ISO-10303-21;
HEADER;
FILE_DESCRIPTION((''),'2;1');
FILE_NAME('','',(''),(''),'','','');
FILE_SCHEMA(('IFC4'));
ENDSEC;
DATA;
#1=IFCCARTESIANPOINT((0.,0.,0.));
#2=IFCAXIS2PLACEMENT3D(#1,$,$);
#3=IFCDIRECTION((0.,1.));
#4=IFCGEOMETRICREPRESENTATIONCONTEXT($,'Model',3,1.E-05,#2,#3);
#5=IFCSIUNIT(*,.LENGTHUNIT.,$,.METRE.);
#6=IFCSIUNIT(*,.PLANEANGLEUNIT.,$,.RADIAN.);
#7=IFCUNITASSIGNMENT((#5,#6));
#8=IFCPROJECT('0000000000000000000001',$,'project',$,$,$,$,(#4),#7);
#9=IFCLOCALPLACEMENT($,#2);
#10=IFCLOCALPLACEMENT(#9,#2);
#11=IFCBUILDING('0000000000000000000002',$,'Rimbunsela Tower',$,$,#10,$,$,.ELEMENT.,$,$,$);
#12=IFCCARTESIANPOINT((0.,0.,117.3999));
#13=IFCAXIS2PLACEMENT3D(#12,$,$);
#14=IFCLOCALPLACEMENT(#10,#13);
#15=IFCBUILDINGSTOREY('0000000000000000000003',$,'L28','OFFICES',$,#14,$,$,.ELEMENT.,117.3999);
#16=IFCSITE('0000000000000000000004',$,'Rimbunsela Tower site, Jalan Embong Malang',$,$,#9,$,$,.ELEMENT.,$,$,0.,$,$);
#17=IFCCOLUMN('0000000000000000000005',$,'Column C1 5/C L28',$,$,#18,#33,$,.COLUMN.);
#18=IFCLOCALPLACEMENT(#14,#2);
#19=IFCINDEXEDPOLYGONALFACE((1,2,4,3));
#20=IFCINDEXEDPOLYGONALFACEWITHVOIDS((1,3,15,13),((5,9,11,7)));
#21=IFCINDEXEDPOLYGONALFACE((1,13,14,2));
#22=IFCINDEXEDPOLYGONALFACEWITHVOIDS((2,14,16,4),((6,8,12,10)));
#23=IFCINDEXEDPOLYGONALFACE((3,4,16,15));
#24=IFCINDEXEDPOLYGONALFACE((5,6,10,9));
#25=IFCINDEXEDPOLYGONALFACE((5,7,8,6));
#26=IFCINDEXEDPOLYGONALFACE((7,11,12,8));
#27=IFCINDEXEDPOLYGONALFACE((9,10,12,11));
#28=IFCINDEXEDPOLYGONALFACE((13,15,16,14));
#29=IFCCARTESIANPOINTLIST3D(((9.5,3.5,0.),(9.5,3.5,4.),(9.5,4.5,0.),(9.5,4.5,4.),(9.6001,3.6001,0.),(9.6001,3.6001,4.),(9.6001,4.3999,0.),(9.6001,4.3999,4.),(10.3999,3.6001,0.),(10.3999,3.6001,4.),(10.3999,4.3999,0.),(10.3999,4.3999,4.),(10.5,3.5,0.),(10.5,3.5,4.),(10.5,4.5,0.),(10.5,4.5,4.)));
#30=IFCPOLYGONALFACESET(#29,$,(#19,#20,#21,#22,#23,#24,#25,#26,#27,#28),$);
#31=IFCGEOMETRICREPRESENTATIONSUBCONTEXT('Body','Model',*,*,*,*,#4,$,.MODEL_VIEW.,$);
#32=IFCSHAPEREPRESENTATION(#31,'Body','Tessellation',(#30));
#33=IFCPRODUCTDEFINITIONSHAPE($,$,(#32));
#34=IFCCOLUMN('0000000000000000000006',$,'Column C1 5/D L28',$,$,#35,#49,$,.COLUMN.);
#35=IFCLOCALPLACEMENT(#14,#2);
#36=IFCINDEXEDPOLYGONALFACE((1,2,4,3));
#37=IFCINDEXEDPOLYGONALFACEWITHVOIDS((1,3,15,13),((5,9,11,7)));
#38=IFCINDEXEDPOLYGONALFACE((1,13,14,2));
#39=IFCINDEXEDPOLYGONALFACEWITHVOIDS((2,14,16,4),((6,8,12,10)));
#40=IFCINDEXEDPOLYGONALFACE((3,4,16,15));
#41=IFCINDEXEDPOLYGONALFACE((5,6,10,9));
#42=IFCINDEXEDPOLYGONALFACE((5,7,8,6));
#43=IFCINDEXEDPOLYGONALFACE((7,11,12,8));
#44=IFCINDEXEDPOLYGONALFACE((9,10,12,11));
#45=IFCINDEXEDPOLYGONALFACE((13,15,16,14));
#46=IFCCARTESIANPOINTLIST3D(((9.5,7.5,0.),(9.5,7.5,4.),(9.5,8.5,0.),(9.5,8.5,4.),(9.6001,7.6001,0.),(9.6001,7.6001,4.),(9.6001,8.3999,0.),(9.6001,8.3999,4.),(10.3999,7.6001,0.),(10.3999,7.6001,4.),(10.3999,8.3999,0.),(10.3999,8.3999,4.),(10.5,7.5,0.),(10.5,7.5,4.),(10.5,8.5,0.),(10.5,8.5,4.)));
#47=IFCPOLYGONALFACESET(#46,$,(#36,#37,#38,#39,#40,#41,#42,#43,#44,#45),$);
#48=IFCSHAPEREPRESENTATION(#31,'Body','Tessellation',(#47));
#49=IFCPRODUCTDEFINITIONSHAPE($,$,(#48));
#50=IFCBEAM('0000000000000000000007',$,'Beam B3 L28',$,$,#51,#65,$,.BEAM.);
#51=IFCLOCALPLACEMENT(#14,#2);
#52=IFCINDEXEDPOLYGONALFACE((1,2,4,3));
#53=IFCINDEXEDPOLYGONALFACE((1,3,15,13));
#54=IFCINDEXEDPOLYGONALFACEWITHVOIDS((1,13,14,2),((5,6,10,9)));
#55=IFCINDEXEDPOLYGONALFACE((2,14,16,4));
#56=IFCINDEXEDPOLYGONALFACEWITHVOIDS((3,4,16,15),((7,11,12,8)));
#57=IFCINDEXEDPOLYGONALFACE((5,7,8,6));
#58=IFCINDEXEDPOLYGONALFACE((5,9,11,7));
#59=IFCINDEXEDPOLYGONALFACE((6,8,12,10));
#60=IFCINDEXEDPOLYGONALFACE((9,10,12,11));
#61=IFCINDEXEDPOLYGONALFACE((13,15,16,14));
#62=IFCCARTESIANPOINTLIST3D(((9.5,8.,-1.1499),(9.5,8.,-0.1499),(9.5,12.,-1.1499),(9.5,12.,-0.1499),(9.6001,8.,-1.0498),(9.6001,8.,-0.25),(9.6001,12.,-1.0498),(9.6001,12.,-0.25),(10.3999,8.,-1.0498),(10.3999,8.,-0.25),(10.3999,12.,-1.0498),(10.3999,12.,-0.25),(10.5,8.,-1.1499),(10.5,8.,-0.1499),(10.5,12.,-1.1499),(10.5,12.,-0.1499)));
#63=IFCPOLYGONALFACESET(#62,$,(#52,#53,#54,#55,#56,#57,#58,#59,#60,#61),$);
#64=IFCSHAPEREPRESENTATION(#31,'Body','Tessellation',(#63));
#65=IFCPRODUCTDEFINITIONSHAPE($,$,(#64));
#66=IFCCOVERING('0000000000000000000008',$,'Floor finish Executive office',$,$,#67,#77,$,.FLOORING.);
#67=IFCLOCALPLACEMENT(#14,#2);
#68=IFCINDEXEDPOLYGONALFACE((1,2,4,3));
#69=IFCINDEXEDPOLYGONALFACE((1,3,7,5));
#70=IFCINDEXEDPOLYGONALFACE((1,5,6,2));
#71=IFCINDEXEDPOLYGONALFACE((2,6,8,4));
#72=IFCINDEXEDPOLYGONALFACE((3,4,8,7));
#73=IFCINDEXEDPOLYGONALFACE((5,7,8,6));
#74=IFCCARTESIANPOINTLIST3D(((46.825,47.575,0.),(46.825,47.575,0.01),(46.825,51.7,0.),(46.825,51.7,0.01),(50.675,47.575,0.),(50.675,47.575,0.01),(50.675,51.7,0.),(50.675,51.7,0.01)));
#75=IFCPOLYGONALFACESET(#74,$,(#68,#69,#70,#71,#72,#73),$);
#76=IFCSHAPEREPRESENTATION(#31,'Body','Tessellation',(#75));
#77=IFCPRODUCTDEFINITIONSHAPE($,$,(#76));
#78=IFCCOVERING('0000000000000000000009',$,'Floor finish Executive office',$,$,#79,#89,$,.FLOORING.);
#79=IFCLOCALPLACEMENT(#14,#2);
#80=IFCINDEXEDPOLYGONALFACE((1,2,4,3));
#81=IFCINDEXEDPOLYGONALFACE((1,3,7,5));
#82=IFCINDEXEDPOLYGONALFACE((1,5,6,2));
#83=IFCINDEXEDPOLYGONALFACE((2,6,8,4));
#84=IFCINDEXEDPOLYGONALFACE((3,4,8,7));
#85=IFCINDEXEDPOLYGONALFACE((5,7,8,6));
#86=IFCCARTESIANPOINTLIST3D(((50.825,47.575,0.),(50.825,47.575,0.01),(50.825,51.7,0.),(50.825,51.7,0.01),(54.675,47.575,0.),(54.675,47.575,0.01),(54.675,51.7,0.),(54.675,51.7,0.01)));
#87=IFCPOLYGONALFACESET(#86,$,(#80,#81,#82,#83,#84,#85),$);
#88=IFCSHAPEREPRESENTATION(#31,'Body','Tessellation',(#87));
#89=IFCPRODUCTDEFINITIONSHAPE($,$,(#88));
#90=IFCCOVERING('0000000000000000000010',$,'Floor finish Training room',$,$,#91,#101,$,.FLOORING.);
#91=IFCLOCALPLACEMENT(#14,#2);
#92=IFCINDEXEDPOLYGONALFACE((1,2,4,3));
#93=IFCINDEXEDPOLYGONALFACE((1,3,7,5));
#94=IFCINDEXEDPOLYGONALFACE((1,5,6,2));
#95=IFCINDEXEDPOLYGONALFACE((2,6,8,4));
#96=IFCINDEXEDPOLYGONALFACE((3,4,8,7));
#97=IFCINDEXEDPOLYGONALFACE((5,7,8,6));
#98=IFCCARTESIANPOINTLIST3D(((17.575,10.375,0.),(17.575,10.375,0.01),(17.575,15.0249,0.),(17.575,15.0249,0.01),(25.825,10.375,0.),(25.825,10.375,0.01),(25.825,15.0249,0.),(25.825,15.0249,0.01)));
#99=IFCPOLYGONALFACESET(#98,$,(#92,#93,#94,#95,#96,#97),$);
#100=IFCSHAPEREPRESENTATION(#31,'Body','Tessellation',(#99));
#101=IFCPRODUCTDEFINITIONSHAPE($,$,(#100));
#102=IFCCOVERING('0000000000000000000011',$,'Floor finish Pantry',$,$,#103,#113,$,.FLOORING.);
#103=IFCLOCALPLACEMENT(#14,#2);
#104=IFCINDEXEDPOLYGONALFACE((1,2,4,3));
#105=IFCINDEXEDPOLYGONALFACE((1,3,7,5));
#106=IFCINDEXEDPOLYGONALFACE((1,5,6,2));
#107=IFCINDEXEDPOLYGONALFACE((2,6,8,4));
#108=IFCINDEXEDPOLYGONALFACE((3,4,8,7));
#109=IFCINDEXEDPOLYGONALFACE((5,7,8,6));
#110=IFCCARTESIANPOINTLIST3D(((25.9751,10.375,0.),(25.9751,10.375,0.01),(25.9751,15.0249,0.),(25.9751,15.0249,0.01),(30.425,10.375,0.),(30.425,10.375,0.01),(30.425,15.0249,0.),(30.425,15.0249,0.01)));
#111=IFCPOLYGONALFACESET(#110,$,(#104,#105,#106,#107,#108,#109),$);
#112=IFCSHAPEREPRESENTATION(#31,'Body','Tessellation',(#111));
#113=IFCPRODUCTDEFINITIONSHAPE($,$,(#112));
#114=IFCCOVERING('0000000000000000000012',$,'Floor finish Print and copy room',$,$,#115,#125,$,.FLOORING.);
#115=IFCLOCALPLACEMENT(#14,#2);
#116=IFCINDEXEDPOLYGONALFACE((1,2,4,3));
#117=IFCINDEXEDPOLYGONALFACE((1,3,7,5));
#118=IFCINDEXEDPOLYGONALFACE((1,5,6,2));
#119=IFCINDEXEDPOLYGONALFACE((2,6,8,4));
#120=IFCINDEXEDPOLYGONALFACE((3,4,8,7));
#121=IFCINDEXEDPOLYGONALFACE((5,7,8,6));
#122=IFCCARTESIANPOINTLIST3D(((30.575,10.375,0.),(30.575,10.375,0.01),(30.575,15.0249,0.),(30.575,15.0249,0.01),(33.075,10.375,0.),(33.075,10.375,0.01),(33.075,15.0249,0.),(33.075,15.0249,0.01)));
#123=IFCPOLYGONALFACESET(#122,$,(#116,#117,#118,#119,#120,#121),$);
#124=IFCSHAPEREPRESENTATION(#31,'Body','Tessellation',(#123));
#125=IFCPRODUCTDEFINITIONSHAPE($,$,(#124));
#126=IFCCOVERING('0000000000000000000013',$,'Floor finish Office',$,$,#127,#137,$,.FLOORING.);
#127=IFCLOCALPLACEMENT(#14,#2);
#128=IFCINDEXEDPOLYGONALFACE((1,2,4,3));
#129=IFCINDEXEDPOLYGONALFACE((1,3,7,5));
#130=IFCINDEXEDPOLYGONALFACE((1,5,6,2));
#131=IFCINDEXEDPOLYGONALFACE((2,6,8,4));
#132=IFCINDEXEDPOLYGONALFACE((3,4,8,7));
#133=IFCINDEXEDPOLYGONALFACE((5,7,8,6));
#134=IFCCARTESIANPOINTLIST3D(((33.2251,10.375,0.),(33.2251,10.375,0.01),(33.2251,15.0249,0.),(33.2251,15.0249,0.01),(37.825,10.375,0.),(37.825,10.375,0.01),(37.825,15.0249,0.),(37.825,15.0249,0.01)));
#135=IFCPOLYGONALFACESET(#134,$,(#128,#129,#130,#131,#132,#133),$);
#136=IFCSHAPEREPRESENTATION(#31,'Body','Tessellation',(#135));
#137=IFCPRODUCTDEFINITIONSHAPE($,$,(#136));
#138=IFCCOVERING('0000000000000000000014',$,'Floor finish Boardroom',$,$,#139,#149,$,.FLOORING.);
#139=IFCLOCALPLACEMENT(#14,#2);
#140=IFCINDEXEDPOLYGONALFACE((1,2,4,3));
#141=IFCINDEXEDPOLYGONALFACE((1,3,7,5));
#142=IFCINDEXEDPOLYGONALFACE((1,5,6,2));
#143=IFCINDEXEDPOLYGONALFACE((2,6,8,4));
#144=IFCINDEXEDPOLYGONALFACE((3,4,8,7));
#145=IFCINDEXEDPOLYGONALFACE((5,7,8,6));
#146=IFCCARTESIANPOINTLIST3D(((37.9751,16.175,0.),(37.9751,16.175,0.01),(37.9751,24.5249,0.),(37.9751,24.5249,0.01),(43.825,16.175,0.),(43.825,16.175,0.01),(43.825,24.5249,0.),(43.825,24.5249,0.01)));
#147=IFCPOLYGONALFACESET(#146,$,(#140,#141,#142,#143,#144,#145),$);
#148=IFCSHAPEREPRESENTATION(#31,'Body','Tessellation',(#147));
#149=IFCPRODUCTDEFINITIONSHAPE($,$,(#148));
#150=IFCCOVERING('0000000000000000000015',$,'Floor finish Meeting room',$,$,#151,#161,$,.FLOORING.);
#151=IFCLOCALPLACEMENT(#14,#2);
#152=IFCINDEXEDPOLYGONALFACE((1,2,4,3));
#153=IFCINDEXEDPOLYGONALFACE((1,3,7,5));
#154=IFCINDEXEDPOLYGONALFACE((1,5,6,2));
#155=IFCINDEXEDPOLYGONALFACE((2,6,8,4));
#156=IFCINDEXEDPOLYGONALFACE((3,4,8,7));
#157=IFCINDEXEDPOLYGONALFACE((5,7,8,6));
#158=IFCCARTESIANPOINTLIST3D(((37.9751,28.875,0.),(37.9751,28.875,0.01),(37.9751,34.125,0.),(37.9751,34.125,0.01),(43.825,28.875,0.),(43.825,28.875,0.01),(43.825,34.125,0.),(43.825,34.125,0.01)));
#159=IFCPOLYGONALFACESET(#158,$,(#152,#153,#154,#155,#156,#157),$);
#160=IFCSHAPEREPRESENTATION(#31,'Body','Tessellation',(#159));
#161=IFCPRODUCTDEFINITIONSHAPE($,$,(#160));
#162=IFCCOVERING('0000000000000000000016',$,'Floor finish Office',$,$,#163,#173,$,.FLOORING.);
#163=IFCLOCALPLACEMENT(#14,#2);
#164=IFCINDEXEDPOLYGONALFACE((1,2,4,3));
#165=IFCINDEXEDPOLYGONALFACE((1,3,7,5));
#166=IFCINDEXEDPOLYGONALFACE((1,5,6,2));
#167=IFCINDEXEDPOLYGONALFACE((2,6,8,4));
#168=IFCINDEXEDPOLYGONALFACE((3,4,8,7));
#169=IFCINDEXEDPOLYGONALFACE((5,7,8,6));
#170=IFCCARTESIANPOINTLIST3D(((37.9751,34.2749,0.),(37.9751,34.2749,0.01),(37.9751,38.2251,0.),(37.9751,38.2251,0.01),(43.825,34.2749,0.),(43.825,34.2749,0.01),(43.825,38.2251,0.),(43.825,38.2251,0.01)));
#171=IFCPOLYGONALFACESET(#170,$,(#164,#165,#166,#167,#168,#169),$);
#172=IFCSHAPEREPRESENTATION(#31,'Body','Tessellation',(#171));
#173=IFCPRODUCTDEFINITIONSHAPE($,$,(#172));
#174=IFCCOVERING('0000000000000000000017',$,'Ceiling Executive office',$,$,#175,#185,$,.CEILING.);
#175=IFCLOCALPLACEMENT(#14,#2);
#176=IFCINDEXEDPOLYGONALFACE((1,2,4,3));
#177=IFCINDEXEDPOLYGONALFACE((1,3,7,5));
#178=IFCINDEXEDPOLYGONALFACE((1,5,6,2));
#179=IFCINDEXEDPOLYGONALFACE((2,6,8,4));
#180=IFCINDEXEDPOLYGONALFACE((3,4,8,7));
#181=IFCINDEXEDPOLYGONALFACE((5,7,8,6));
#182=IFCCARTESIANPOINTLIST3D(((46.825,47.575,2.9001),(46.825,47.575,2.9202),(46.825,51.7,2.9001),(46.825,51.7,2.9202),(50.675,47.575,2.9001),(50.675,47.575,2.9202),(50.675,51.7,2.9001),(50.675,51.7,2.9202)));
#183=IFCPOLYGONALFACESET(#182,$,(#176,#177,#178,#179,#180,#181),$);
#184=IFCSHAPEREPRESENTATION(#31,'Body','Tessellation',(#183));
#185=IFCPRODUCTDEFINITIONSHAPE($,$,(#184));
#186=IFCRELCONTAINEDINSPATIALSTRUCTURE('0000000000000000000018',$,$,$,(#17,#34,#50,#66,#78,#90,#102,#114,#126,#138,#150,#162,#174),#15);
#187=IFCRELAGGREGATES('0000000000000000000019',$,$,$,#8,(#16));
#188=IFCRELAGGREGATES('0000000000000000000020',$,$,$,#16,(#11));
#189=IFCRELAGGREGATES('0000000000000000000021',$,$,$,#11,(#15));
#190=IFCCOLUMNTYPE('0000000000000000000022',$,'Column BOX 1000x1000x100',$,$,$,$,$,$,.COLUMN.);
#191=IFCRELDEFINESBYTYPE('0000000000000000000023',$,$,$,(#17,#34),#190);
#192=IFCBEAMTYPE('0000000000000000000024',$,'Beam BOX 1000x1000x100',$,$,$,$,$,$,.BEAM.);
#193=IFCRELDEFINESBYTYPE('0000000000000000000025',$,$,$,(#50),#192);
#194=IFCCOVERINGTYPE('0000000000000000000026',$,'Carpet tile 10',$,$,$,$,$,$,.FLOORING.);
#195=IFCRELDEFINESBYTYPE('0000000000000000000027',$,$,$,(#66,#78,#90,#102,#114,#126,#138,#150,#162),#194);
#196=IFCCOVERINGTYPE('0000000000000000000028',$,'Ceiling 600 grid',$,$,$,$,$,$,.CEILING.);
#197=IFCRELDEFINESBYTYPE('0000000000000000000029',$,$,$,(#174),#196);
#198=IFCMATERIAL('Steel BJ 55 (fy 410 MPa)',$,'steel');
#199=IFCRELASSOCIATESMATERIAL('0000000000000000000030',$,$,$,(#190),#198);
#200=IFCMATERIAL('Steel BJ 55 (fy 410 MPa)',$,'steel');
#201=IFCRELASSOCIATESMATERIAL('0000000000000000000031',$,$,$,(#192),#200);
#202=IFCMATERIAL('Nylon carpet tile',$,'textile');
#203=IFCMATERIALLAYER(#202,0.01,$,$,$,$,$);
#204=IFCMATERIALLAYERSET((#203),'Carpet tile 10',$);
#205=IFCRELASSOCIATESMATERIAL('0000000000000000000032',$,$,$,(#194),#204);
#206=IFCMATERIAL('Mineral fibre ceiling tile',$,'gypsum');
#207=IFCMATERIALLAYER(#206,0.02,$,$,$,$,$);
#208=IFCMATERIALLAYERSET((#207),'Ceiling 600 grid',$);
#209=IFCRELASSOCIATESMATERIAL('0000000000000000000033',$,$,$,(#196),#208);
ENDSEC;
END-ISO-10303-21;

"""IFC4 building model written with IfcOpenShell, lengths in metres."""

from ifc_helpers import new_model, si_unit, direction, frame, origin, origin_2d, place, context, subcontext, project, spatial, polyline, hollow_rectangle, outline, extrude, material, layer, layer_set, material_profile, profile_set, type_object, element, save


model = new_model("IFC4")

# Units and contexts
model_context = context("Model", 3, precision=1e-05, world=origin(), true_north=direction((0.0, 1.0)))
body_context = subcontext(model_context, "Body", "Model", "MODEL_VIEW")
ifc_project = project(units=[si_unit("LENGTHUNIT", "METRE"), si_unit("PLANEANGLEUNIT", "RADIAN")], contexts=[model_context])

# Site, building, storey
site_placement = place(None, origin())
site = spatial("IfcSite", under=ifc_project, at=site_placement, Name="Rimbunsela Tower site, Jalan Embong Malang", CompositionType="ELEMENT", RefElevation=0.0)
building_placement = place(site_placement, origin())
building = spatial("IfcBuilding", under=site, at=building_placement, Name="Rimbunsela Tower", CompositionType="ELEMENT")
storey_placement = place(building_placement, frame((0.0, 0.0, 117.3999)))
storey = spatial("IfcBuildingStorey", under=building, at=storey_placement, Name="L28", Description="OFFICES", CompositionType="ELEMENT", Elevation=117.3999)

# Columns
ifc_material_1 = material(Name="Steel BJ 55 (fy 410 MPa)", Category="steel")
ifc_material_profile_1 = material_profile(ifc_material_1, hollow_rectangle(XDim=1.0, YDim=1.0, WallThickness=0.1001, at=origin_2d()), Name="BOX 1000x1000x100")
ifc_profile_set_1 = profile_set([ifc_material_profile_1], Name="Steel BJ 55 (fy 410 MPa)")
column_type = type_object("IfcColumnType", Name="Column BOX 1000x1000x100", PredefinedType="COLUMN", material=ifc_profile_set_1)
for number, where, z_axis, x_axis, name in (
    (1, (10.0, 4.0, 0.0), (0.0, 0.0, 1.0), (1.0, 0.0, 0.0), "Column C1 5/C L28"),
    (2, (10.0, 8.0, 0.0), (0.0, 0.0, 1.0), (1.0, 0.0, 0.0), "Column C1 5/D L28"),
):
    element("IfcColumn", number, at=place(storey_placement, frame(where, z_axis=z_axis, x_axis=x_axis)), inside=storey, type_object=column_type, Name=name, PredefinedType="COLUMN", context=body_context, shape_type="SweptSolid", body=[
        extrude(hollow_rectangle(XDim=1.0, YDim=1.0, WallThickness=0.1001, at=origin_2d()), origin(), (0.0, 0.0, 1.0), 4.0),
    ])

# Beam
ifc_material_2 = material(Name="Steel BJ 55 (fy 410 MPa)", Category="steel")
ifc_material_profile_2 = material_profile(ifc_material_2, hollow_rectangle(XDim=1.0, YDim=1.0, WallThickness=0.1001, at=origin_2d()), Name="BOX 1000x1000x100")
ifc_profile_set_2 = profile_set([ifc_material_profile_2], Name="Steel BJ 55 (fy 410 MPa)")
beam_type = type_object("IfcBeamType", Name="Beam BOX 1000x1000x100", PredefinedType="BEAM", material=ifc_profile_set_2)
beam_placement = place(storey_placement, frame((10.0, 8.0, -0.6499), z_axis=(0.0, 1.0, 0.0), x_axis=(-1.0, 0.0, 0.0)))
element("IfcBeam", 3, at=beam_placement, inside=storey, type_object=beam_type, Name="Beam B3 L28", PredefinedType="BEAM", context=body_context, shape_type="SweptSolid", body=[
    extrude(hollow_rectangle(XDim=1.0, YDim=1.0, WallThickness=0.1001, at=origin_2d()), origin(), (0.0, 0.0, 1.0), 4.0),
])

# Coverings
ifc_material_3 = material(Name="Nylon carpet tile", Category="textile")
ifc_layer_1 = layer(ifc_material_3, 0.01)
ifc_layer_set_1 = layer_set([ifc_layer_1], Name="Carpet tile 10")
covering_type_1 = type_object("IfcCoveringType", Name="Carpet tile 10", PredefinedType="FLOORING", material=ifc_layer_set_1)
covering_1_placement = place(storey_placement, origin())
element("IfcCovering", 4, at=covering_1_placement, inside=storey, type_object=covering_type_1, Name="Floor finish Executive office", PredefinedType="FLOORING", context=body_context, shape_type="SweptSolid", body=[
    extrude(outline(polyline([(50.675, 47.575), (50.675, 51.7), (46.825, 51.7), (46.825, 47.575), (50.675, 47.575)])), origin(), (0.0, 0.0, 1.0), 0.01),
])
covering_2_placement = place(storey_placement, origin())
element("IfcCovering", 5, at=covering_2_placement, inside=storey, type_object=covering_type_1, Name="Floor finish Executive office", PredefinedType="FLOORING", context=body_context, shape_type="SweptSolid", body=[
    extrude(outline(polyline([(54.675, 47.575), (54.675, 51.7), (50.825, 51.7), (50.825, 47.575), (54.675, 47.575)])), origin(), (0.0, 0.0, 1.0), 0.01),
])
covering_3_placement = place(storey_placement, origin())
element("IfcCovering", 6, at=covering_3_placement, inside=storey, type_object=covering_type_1, Name="Floor finish Training room", PredefinedType="FLOORING", context=body_context, shape_type="SweptSolid", body=[
    extrude(outline(polyline([(25.825, 10.375), (25.825, 15.0249), (17.575, 15.0249), (17.575, 10.375), (25.825, 10.375)])), origin(), (0.0, 0.0, 1.0), 0.01),
])
covering_4_placement = place(storey_placement, origin())
element("IfcCovering", 7, at=covering_4_placement, inside=storey, type_object=covering_type_1, Name="Floor finish Pantry", PredefinedType="FLOORING", context=body_context, shape_type="SweptSolid", body=[
    extrude(outline(polyline([(30.425, 10.375), (30.425, 15.0249), (25.9751, 15.0249), (25.9751, 10.375), (30.425, 10.375)])), origin(), (0.0, 0.0, 1.0), 0.01),
])
covering_5_placement = place(storey_placement, origin())
element("IfcCovering", 8, at=covering_5_placement, inside=storey, type_object=covering_type_1, Name="Floor finish Print and copy room", PredefinedType="FLOORING", context=body_context, shape_type="SweptSolid", body=[
    extrude(outline(polyline([(33.075, 10.375), (33.075, 15.0249), (30.575, 15.0249), (30.575, 10.375), (33.075, 10.375)])), origin(), (0.0, 0.0, 1.0), 0.01),
])
covering_6_placement = place(storey_placement, origin())
element("IfcCovering", 9, at=covering_6_placement, inside=storey, type_object=covering_type_1, Name="Floor finish Office", PredefinedType="FLOORING", context=body_context, shape_type="SweptSolid", body=[
    extrude(outline(polyline([(37.825, 10.375), (37.825, 15.0249), (33.2251, 15.0249), (33.2251, 10.375), (37.825, 10.375)])), origin(), (0.0, 0.0, 1.0), 0.01),
])
covering_7_placement = place(storey_placement, origin())
element("IfcCovering", 10, at=covering_7_placement, inside=storey, type_object=covering_type_1, Name="Floor finish Boardroom", PredefinedType="FLOORING", context=body_context, shape_type="SweptSolid", body=[
    extrude(outline(polyline([(43.825, 16.175), (43.825, 24.5249), (37.9751, 24.5249), (37.9751, 16.175), (43.825, 16.175)])), origin(), (0.0, 0.0, 1.0), 0.01),
])
covering_8_placement = place(storey_placement, origin())
element("IfcCovering", 11, at=covering_8_placement, inside=storey, type_object=covering_type_1, Name="Floor finish Meeting room", PredefinedType="FLOORING", context=body_context, shape_type="SweptSolid", body=[
    extrude(outline(polyline([(43.825, 28.875), (43.825, 34.125), (37.9751, 34.125), (37.9751, 28.875), (43.825, 28.875)])), origin(), (0.0, 0.0, 1.0), 0.01),
])
covering_9_placement = place(storey_placement, origin())
element("IfcCovering", 12, at=covering_9_placement, inside=storey, type_object=covering_type_1, Name="Floor finish Office", PredefinedType="FLOORING", context=body_context, shape_type="SweptSolid", body=[
    extrude(outline(polyline([(43.825, 34.2749), (43.825, 38.2251), (37.9751, 38.2251), (37.9751, 34.2749), (43.825, 34.2749)])), origin(), (0.0, 0.0, 1.0), 0.01),
])
ifc_material_4 = material(Name="Mineral fibre ceiling tile", Category="gypsum")
ifc_layer_2 = layer(ifc_material_4, 0.02)
ifc_layer_set_2 = layer_set([ifc_layer_2], Name="Ceiling 600 grid")
covering_type_2 = type_object("IfcCoveringType", Name="Ceiling 600 grid", PredefinedType="CEILING", material=ifc_layer_set_2)
covering_10_placement = place(storey_placement, frame((0.0, 0.0, 2.9001)))
element("IfcCovering", 13, at=covering_10_placement, inside=storey, type_object=covering_type_2, Name="Ceiling Executive office", PredefinedType="CEILING", context=body_context, shape_type="SweptSolid", body=[
    extrude(outline(polyline([(50.675, 47.575), (50.675, 51.7), (46.825, 51.7), (46.825, 47.575), (50.675, 47.575)])), origin(), (0.0, 0.0, 1.0), 0.02),
])

save(model, "model.ifc")
